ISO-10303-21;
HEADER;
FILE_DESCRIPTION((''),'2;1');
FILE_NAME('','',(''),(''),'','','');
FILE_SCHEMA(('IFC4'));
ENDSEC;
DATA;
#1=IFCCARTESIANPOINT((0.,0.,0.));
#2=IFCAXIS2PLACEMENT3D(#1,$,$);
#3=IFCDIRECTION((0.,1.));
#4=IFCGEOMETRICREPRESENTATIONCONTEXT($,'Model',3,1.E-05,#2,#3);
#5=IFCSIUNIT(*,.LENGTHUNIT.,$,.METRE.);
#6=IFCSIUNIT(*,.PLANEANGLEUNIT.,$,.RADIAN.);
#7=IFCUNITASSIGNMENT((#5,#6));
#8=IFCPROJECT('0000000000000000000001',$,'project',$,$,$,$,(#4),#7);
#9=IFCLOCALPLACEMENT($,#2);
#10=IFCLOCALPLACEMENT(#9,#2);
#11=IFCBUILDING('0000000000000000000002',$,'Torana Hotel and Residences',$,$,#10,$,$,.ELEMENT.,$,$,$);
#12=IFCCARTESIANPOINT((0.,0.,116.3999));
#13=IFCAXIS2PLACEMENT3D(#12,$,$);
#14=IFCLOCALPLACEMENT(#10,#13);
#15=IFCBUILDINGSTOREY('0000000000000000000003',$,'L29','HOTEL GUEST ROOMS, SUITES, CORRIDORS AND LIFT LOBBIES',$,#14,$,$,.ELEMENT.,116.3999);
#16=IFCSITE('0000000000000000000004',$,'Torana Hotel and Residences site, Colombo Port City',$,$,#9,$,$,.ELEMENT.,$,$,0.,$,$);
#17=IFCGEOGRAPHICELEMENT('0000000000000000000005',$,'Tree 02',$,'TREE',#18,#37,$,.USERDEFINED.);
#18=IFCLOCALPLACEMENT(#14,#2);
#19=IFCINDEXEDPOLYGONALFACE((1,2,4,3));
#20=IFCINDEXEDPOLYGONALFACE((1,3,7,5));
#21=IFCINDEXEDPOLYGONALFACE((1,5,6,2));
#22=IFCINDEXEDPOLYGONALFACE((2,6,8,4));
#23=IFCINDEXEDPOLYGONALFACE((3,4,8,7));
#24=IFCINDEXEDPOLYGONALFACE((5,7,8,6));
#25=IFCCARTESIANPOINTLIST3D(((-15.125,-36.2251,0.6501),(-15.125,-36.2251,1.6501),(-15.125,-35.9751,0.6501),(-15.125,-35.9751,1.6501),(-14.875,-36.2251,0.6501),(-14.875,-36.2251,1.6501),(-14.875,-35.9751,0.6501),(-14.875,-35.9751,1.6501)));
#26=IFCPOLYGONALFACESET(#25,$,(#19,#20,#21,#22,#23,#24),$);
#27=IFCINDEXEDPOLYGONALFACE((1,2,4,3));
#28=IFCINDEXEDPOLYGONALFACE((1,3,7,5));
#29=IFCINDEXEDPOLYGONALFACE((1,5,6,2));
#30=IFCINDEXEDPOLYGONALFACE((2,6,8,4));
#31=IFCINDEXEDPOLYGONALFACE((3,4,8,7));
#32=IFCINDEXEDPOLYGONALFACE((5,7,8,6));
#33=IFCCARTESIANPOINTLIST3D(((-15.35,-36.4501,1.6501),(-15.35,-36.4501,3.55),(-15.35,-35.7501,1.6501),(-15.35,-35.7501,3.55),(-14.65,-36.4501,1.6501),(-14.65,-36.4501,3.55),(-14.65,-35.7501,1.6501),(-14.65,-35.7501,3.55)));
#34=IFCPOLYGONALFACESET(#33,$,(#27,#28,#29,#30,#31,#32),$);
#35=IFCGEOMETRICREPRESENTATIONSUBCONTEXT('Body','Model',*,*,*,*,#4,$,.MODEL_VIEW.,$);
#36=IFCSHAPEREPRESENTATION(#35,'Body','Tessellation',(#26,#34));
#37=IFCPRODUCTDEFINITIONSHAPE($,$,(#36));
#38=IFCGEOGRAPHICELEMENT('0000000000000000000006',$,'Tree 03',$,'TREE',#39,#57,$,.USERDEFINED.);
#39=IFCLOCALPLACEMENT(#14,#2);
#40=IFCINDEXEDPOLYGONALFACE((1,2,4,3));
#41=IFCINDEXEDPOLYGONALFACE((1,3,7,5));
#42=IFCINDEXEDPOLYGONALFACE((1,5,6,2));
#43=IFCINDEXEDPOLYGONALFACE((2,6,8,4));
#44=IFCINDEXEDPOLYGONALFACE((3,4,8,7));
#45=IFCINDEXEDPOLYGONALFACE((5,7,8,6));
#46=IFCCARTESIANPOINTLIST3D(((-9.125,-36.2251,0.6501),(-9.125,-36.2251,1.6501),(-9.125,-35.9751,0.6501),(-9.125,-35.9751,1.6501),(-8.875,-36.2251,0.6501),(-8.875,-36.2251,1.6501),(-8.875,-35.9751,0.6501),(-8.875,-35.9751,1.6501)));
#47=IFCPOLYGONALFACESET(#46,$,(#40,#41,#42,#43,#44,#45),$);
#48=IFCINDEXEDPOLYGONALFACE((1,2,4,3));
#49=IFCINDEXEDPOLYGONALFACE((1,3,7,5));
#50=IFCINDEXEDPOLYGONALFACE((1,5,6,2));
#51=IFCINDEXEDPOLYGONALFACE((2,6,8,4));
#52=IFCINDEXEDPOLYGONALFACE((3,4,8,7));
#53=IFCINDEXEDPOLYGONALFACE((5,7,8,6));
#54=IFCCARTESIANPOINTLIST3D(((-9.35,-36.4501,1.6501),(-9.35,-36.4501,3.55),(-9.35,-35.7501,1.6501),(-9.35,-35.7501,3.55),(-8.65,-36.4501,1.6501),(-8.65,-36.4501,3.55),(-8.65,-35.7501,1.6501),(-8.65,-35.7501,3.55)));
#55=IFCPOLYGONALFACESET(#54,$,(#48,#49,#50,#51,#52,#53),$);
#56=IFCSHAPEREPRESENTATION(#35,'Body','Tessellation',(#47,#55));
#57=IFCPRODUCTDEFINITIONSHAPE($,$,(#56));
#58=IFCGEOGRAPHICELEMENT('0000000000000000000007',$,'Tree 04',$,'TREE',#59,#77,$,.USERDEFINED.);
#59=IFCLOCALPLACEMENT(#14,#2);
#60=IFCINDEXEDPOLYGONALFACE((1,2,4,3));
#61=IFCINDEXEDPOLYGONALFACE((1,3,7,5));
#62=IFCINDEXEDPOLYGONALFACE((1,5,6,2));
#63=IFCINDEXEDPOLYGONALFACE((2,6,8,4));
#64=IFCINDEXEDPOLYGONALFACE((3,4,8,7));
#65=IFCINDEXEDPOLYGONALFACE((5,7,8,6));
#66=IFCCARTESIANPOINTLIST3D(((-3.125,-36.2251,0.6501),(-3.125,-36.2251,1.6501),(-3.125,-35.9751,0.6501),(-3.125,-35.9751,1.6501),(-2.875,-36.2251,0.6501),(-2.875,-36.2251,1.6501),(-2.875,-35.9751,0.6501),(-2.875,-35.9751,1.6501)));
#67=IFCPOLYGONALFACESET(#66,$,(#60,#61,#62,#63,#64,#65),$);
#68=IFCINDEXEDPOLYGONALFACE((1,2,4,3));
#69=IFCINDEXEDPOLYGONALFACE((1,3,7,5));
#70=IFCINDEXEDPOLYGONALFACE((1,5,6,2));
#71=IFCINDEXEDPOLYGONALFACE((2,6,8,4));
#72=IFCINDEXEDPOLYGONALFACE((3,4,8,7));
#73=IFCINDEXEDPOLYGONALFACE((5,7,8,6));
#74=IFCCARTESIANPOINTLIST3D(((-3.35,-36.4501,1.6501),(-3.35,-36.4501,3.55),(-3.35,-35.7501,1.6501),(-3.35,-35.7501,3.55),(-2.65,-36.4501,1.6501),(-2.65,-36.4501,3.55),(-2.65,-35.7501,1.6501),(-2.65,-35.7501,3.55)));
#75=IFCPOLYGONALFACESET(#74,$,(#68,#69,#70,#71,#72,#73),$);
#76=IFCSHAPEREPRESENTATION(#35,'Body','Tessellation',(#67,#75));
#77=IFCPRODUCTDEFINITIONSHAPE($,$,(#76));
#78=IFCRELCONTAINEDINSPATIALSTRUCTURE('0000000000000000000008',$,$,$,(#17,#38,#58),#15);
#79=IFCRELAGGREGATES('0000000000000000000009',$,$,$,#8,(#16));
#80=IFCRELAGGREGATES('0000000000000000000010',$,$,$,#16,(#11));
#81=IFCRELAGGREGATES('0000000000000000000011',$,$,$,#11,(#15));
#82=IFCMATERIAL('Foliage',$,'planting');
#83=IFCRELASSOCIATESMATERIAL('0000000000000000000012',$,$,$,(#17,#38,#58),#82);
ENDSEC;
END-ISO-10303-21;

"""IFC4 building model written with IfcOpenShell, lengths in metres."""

from ifc_helpers import new_model, si_unit, direction, frame, origin, origin_2d, place, context, subcontext, project, spatial, rectangle, extrude, material, element, save


model = new_model("IFC4")

# Units and contexts
model_context = context("Model", 3, precision=1e-05, world=origin(), true_north=direction((0.0, 1.0)))
body_context = subcontext(model_context, "Body", "Model", "MODEL_VIEW")
ifc_project = project(units=[si_unit("LENGTHUNIT", "METRE"), si_unit("PLANEANGLEUNIT", "RADIAN")], contexts=[model_context])

# Site, building, storey
site_placement = place(None, origin())
site = spatial("IfcSite", under=ifc_project, at=site_placement, Name="Torana Hotel and Residences site, Colombo Port City", CompositionType="ELEMENT", RefElevation=0.0)
building_placement = place(site_placement, origin())
building = spatial("IfcBuilding", under=site, at=building_placement, Name="Torana Hotel and Residences", CompositionType="ELEMENT")
storey_placement = place(building_placement, frame((0.0, 0.0, 116.3999)))
storey = spatial("IfcBuildingStorey", under=building, at=storey_placement, Name="L29", Description="HOTEL GUEST ROOMS, SUITES, CORRIDORS AND LIFT LOBBIES", CompositionType="ELEMENT", Elevation=116.3999)

# Geographic elements
ifc_material_1 = material(Name="Foliage", Category="planting")
for number, where, z_axis, x_axis, name in (
    (1, (-15.0, -36.1001, 0.6501), (0.0, 0.0, 1.0), (1.0, 0.0, 0.0), "Tree 02"),
    (2, (-9.0, -36.1001, 0.6501), (0.0, 0.0, 1.0), (1.0, 0.0, 0.0), "Tree 03"),
    (3, (-3.0, -36.1001, 0.6501), (0.0, 0.0, 1.0), (1.0, 0.0, 0.0), "Tree 04"),
):
    element("IfcGeographicElement", number, at=place(storey_placement, frame(where, z_axis=z_axis, x_axis=x_axis)), inside=storey, material=ifc_material_1, Name=name, ObjectType="TREE", PredefinedType="USERDEFINED", context=body_context, shape_type="SweptSolid", body=[
        extrude(rectangle(XDim=0.25, YDim=0.25, at=origin_2d()), origin(), (0.0, 0.0, 1.0), 1.0),
        extrude(rectangle(XDim=0.7, YDim=0.7, at=origin_2d()), frame((0.0, 0.0, 1.0)), (0.0, 0.0, 1.0), 1.8999),
    ])

save(model, "model.ifc")
